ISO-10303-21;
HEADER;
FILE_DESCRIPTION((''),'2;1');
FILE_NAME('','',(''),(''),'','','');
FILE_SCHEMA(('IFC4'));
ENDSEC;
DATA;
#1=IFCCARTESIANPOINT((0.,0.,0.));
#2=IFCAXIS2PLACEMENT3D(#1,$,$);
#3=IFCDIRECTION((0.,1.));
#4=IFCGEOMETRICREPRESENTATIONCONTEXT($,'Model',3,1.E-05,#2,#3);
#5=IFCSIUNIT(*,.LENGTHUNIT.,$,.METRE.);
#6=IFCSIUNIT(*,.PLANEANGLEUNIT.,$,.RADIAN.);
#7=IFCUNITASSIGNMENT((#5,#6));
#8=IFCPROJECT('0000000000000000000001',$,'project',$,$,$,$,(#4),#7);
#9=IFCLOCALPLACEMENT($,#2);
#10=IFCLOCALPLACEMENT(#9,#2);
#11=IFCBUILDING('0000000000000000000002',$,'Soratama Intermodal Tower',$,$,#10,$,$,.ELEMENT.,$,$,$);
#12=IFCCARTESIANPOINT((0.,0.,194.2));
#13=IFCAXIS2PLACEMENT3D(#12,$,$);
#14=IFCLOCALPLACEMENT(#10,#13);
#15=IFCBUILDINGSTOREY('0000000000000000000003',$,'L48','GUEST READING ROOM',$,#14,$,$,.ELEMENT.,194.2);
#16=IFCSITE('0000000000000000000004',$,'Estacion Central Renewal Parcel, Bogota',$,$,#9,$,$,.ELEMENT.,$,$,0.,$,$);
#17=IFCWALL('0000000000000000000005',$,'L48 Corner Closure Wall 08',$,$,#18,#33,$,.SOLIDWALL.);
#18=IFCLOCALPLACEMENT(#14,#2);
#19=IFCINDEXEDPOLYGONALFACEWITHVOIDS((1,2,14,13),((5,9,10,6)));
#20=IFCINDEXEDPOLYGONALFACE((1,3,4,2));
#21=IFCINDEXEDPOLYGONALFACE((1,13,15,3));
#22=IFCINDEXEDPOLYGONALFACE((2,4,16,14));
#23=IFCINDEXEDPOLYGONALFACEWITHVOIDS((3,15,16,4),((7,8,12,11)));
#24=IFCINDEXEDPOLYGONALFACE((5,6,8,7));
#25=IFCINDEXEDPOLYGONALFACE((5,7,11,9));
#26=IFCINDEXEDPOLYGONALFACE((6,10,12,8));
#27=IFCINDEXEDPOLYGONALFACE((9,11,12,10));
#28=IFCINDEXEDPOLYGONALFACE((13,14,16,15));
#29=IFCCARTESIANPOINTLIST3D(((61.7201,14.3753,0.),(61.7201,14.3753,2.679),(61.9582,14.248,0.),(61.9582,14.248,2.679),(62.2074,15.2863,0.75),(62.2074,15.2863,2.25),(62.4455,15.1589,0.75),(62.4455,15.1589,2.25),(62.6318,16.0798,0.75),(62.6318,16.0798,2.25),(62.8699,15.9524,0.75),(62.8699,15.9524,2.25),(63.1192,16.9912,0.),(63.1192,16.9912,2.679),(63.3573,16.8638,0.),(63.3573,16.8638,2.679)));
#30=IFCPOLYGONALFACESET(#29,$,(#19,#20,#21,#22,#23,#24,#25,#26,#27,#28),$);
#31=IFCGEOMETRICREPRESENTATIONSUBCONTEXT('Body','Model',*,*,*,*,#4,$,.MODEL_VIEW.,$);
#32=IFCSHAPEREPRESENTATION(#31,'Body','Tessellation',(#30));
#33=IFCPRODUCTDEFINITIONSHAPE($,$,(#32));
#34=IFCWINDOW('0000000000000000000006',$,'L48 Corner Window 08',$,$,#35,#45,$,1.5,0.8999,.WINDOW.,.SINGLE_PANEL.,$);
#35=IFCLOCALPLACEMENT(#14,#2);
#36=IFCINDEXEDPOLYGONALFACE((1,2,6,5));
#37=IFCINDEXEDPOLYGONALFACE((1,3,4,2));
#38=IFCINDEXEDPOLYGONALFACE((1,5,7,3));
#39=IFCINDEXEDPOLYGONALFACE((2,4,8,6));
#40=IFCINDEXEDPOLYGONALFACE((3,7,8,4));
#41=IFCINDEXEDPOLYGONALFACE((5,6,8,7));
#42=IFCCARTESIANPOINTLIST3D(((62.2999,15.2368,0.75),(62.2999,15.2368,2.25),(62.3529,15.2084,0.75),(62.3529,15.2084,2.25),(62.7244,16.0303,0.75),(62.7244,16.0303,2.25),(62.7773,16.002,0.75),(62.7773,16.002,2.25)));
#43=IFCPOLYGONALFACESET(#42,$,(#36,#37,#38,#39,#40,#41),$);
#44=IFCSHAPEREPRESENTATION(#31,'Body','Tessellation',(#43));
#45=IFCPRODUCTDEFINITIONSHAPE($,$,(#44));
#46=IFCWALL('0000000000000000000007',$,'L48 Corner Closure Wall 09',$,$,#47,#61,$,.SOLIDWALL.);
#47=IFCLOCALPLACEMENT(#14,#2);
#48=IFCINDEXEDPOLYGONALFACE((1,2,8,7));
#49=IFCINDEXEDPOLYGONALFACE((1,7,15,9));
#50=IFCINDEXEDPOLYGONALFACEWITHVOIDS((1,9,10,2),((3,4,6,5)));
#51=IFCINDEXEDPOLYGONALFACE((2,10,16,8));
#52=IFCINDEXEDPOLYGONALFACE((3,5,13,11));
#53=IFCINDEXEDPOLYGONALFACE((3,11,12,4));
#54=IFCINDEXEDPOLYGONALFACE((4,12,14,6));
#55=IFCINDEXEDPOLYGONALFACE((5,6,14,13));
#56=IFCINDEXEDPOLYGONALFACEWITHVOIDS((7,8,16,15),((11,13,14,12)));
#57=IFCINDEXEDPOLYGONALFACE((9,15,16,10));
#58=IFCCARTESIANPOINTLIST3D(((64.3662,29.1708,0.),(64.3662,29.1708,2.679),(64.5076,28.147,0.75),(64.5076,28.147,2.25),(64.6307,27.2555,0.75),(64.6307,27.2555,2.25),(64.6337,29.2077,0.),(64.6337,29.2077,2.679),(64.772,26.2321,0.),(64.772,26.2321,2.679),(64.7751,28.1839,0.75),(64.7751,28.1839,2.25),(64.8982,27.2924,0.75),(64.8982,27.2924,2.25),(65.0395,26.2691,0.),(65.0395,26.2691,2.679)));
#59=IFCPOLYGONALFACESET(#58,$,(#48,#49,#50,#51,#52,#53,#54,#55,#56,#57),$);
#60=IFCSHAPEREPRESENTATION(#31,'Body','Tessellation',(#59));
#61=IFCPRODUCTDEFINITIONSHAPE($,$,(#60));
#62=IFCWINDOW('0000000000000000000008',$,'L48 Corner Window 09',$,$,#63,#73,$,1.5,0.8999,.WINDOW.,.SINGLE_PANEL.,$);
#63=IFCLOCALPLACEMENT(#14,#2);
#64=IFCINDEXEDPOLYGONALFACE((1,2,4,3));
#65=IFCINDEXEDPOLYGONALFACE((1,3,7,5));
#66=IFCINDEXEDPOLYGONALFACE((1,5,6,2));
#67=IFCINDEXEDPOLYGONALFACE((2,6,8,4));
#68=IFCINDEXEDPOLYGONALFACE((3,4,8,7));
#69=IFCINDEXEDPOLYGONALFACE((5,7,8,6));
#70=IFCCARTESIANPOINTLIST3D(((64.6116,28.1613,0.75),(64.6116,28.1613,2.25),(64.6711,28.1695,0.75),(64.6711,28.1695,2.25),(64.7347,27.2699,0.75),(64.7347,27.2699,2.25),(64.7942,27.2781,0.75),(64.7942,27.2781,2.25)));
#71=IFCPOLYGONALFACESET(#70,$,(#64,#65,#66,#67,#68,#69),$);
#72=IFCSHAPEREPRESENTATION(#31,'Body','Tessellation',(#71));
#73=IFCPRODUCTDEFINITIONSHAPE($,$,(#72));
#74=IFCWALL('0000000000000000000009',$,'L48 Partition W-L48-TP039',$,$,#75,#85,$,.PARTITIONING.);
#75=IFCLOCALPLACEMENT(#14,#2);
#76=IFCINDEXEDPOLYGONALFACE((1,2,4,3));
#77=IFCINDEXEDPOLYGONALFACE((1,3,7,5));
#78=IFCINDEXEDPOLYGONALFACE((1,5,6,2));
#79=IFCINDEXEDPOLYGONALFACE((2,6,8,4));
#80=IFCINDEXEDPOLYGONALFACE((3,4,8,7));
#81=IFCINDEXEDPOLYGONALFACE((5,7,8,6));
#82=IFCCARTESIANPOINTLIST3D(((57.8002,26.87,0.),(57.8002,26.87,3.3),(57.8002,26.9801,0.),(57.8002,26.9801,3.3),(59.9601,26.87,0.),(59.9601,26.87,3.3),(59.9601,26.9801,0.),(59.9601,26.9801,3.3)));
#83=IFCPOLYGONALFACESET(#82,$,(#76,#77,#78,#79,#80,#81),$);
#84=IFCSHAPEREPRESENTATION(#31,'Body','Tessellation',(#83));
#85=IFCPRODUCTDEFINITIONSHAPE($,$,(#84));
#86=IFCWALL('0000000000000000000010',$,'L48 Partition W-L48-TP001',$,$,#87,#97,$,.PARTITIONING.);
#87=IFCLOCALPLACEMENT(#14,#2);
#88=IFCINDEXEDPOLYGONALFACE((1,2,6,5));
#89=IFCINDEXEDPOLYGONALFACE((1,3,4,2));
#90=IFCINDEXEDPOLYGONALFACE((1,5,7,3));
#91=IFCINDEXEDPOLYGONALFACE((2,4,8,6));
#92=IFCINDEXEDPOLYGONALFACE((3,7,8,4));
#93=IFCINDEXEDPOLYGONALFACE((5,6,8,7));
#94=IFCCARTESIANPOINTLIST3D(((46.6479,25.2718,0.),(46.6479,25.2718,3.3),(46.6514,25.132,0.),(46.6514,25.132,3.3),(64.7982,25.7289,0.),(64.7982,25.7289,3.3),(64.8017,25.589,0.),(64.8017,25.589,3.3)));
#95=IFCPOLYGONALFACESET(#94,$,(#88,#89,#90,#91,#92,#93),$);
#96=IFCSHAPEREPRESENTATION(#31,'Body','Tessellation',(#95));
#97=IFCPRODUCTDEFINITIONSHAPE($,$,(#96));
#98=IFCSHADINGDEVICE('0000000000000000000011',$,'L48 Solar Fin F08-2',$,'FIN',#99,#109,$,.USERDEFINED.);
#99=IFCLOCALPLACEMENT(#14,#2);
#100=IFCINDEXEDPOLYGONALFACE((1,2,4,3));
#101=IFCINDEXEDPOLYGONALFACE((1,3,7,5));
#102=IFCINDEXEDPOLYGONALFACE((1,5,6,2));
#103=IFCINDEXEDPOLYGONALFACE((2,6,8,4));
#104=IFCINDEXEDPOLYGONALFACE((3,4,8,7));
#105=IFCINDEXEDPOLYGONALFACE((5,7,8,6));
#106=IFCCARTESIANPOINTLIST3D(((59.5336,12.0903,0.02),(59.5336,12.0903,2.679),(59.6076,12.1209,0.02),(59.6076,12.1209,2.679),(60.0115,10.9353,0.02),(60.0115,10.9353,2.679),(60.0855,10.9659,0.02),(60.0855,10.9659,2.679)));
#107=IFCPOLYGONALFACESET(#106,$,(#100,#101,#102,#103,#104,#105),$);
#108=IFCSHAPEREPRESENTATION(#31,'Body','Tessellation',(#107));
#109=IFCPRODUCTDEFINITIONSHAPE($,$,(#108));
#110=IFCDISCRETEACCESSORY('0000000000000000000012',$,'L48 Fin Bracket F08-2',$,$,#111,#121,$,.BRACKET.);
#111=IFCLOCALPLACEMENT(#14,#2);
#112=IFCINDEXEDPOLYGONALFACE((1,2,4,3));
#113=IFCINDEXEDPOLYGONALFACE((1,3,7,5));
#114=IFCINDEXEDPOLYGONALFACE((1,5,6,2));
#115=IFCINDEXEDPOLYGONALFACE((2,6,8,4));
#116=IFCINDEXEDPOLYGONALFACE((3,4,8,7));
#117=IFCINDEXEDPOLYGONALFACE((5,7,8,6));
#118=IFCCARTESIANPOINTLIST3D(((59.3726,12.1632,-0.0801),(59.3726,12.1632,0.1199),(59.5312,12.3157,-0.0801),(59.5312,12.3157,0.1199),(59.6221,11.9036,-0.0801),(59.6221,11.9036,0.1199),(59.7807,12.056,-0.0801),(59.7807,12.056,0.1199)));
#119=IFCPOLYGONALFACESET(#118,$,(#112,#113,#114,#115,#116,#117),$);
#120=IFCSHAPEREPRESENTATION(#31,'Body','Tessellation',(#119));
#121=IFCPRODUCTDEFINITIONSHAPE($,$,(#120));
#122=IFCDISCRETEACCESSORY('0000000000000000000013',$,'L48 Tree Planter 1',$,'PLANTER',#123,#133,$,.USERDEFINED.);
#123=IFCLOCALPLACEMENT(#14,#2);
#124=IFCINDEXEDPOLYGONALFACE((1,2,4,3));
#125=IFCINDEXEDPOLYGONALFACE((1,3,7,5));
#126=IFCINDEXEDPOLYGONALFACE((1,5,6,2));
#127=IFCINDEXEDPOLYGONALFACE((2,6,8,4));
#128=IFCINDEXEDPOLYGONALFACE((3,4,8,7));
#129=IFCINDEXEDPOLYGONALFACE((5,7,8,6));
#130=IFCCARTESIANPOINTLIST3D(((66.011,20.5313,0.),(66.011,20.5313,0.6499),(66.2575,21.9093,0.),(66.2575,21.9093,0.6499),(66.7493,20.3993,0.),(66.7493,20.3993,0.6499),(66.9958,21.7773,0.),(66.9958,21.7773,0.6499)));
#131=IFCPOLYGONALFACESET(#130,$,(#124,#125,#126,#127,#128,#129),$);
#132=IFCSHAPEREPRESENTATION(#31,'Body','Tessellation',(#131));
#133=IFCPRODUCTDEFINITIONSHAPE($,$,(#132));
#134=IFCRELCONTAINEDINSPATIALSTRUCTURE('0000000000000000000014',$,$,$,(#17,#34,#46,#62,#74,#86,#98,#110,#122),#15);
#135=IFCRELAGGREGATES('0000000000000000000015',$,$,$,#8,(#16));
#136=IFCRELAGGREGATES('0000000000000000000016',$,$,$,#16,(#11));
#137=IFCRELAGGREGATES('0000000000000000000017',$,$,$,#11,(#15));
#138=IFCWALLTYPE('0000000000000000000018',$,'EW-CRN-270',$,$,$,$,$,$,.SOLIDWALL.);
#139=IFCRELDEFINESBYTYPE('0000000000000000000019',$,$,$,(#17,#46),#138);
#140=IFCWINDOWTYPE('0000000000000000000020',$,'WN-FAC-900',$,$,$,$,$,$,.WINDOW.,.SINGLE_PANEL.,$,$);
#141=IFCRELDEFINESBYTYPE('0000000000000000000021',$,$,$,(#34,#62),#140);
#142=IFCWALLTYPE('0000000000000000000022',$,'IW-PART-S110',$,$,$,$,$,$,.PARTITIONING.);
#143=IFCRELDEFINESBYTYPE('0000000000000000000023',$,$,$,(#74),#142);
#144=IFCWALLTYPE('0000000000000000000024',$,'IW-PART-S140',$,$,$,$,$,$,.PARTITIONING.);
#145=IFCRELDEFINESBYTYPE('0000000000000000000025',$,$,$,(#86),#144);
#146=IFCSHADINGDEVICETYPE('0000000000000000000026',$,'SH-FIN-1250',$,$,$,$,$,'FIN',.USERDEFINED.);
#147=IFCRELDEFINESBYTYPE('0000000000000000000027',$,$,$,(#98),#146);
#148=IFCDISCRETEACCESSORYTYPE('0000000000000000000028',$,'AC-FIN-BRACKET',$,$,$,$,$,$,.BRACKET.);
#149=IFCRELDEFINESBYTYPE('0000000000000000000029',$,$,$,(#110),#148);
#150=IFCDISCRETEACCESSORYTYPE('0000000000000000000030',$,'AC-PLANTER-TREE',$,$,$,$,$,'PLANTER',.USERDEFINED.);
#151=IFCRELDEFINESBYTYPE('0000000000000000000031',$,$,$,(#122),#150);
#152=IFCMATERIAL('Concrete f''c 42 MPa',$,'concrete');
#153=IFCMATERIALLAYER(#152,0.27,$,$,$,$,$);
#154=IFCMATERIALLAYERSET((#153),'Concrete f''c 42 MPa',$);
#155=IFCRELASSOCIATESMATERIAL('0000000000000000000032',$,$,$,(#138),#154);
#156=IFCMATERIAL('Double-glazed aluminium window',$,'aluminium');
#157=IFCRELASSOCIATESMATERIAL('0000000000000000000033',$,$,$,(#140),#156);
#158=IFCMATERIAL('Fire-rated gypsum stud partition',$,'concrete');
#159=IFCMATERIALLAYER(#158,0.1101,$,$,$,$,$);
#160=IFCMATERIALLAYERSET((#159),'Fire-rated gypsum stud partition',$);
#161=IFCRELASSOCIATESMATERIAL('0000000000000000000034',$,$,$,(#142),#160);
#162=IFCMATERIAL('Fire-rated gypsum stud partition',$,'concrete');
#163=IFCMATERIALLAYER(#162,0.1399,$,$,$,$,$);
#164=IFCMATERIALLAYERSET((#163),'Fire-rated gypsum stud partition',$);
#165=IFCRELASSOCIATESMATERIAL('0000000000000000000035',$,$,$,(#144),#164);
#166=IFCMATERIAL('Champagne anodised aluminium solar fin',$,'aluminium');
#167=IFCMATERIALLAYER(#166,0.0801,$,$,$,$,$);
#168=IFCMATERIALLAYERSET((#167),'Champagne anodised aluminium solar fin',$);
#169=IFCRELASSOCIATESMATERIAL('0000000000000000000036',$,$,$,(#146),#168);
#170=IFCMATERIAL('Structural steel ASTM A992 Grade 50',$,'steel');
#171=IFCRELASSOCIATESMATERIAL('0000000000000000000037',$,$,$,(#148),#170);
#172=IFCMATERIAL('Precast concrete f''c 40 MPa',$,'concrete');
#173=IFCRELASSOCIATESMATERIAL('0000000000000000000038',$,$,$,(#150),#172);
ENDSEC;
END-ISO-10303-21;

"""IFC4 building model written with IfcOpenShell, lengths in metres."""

from ifc_helpers import new_model, si_unit, direction, frame, frame_2d, origin, origin_2d, place, context, subcontext, project, spatial, rectangle, extrude, material, layer, layer_set, type_object, element, fill, save


model = new_model("IFC4")

# Units and contexts
model_context = context("Model", 3, precision=1e-05, world=origin(), true_north=direction((0.0, 1.0)))
body_context = subcontext(model_context, "Body", "Model", "MODEL_VIEW")
ifc_project = project(units=[si_unit("LENGTHUNIT", "METRE"), si_unit("PLANEANGLEUNIT", "RADIAN")], contexts=[model_context])

# Site, building, storey
site_placement = place(None, origin())
site = spatial("IfcSite", under=ifc_project, at=site_placement, Name="Estacion Central Renewal Parcel, Bogota", CompositionType="ELEMENT", RefElevation=0.0)
building_placement = place(site_placement, origin())
building = spatial("IfcBuilding", under=site, at=building_placement, Name="Soratama Intermodal Tower", CompositionType="ELEMENT")
storey_placement = place(building_placement, frame((0.0, 0.0, 194.2)))
storey = spatial("IfcBuildingStorey", under=building, at=storey_placement, Name="L48", Description="GUEST READING ROOM", CompositionType="ELEMENT", Elevation=194.2)

# Walls, openings, windows
ifc_material_1 = material(Name="Concrete f'c 42 MPa", Category="concrete")
ifc_layer_1 = layer(ifc_material_1, 0.27)
ifc_layer_set_1 = layer_set([ifc_layer_1], Name="Concrete f'c 42 MPa")
wall_type_1 = type_object("IfcWallType", Name="EW-CRN-270", PredefinedType="SOLIDWALL", material=ifc_layer_set_1)
wall_1_placement = place(storey_placement, frame((61.8391, 14.3115, 0.0), z_axis=(0.0, 0.0, 1.0), x_axis=(0.471634, 0.881794, 0.0)))
wall_1 = element("IfcWall", 1, at=wall_1_placement, inside=storey, type_object=wall_type_1, Name="L48 Corner Closure Wall 08", PredefinedType="SOLIDWALL", context=body_context, shape_type="SweptSolid", body=[
    extrude(rectangle(XDim=2.9666, YDim=0.27, at=frame_2d((1.4834, 0.0))), origin(), (0.0, 0.0, 1.0), 2.679),
])
opening_1_placement = place(wall_1_placement, frame((1.0332, 0.0, 0.75)))
opening_1 = element("IfcOpeningElement", 2, at=opening_1_placement, cuts=wall_1, PredefinedType="OPENING", context=body_context, shape_type="SweptSolid", body=[
    extrude(rectangle(XDim=0.8999, YDim=1.5, at=frame_2d((0.45, 0.75))), frame((0.0, 0.145, 0.0), z_axis=(0.0, -1.0, 0.0), x_axis=(1.0, 0.0, 0.0)), (0.0, 0.0, 1.0), 0.29),
])
ifc_material_2 = material(Name="Double-glazed aluminium window", Category="aluminium")
window_type_1 = type_object("IfcWindowType", Name="WN-FAC-900", PartitioningType="SINGLE_PANEL", PredefinedType="WINDOW", material=ifc_material_2)
window_1_placement = place(opening_1_placement, origin())
window_1 = element("IfcWindow", 3, at=window_1_placement, inside=storey, type_object=window_type_1, Name="L48 Corner Window 08", OverallHeight=1.5, OverallWidth=0.8999, PartitioningType="SINGLE_PANEL", PredefinedType="WINDOW", context=body_context, shape_type="SweptSolid", body=[
    extrude(rectangle(XDim=0.8999, YDim=1.5, at=frame_2d((0.45, 0.75))), frame((0.0, 0.03, 0.0), z_axis=(0.0, -1.0, 0.0), x_axis=(1.0, 0.0, 0.0)), (0.0, 0.0, 1.0), 0.0601),
])
fill(opening_1, window_1)
wall_2_placement = place(storey_placement, frame((64.9058, 26.2505, 0.0), z_axis=(0.0, 0.0, 1.0), x_axis=(-0.136777, 0.990602, 0.0)))
wall_2 = element("IfcWall", 4, at=wall_2_placement, inside=storey, type_object=wall_type_1, Name="L48 Corner Closure Wall 09", PredefinedType="SOLIDWALL", context=body_context, shape_type="SweptSolid", body=[
    extrude(rectangle(XDim=2.9666, YDim=0.27, at=frame_2d((1.4834, 0.0))), origin(), (0.0, 0.0, 1.0), 2.679),
])
opening_2_placement = place(wall_2_placement, frame((1.0332, 0.0, 0.75)))
opening_2 = element("IfcOpeningElement", 5, at=opening_2_placement, cuts=wall_2, PredefinedType="OPENING", context=body_context, shape_type="SweptSolid", body=[
    extrude(rectangle(XDim=0.8999, YDim=1.5, at=frame_2d((0.45, 0.75))), frame((0.0, 0.145, 0.0), z_axis=(0.0, -1.0, 0.0), x_axis=(1.0, 0.0, 0.0)), (0.0, 0.0, 1.0), 0.29),
])
window_2_placement = place(opening_2_placement, origin())
window_2 = element("IfcWindow", 6, at=window_2_placement, inside=storey, type_object=window_type_1, Name="L48 Corner Window 09", OverallHeight=1.5, OverallWidth=0.8999, PartitioningType="SINGLE_PANEL", PredefinedType="WINDOW", context=body_context, shape_type="SweptSolid", body=[
    extrude(rectangle(XDim=0.8999, YDim=1.5, at=frame_2d((0.45, 0.75))), frame((0.0, 0.03, 0.0), z_axis=(0.0, -1.0, 0.0), x_axis=(1.0, 0.0, 0.0)), (0.0, 0.0, 1.0), 0.0601),
])
fill(opening_2, window_2)

# Walls
ifc_material_3 = material(Name="Fire-rated gypsum stud partition", Category="concrete")
ifc_layer_2 = layer(ifc_material_3, 0.1101)
ifc_layer_set_2 = layer_set([ifc_layer_2], Name="Fire-rated gypsum stud partition")
wall_type_2 = type_object("IfcWallType", Name="IW-PART-S110", PredefinedType="PARTITIONING", material=ifc_layer_set_2)
wall_3_placement = place(storey_placement, frame((57.8, 26.925, 0.0), z_axis=(0.0, 0.0, 1.0), x_axis=(1.0, 0.0, 0.0)))
element("IfcWall", 7, at=wall_3_placement, inside=storey, type_object=wall_type_2, Name="L48 Partition W-L48-TP039", PredefinedType="PARTITIONING", context=body_context, shape_type="SweptSolid", body=[
    extrude(rectangle(XDim=2.1599, YDim=0.1101, at=frame_2d((1.0801, 0.0))), origin(), (0.0, 0.0, 1.0), 3.3),
])
ifc_material_4 = material(Name="Fire-rated gypsum stud partition", Category="concrete")
ifc_layer_3 = layer(ifc_material_4, 0.1399)
ifc_layer_set_3 = layer_set([ifc_layer_3], Name="Fire-rated gypsum stud partition")
wall_type_3 = type_object("IfcWallType", Name="IW-PART-S140", PredefinedType="PARTITIONING", material=ifc_layer_set_3)
wall_4_placement = place(storey_placement, frame((64.8, 25.6589, 0.0), z_axis=(0.0, 0.0, 1.0), x_axis=(-0.999683, -0.025173, 0.0)))
element("IfcWall", 8, at=wall_4_placement, inside=storey, type_object=wall_type_3, Name="L48 Partition W-L48-TP001", PredefinedType="PARTITIONING", context=body_context, shape_type="SweptSolid", body=[
    extrude(rectangle(XDim=18.156, YDim=0.1399, at=frame_2d((9.0781, 0.0))), origin(), (0.0, 0.0, 1.0), 3.3),
])

# Shading device
ifc_material_5 = material(Name="Champagne anodised aluminium solar fin", Category="aluminium")
ifc_layer_4 = layer(ifc_material_5, 0.0801)
ifc_layer_set_4 = layer_set([ifc_layer_4], Name="Champagne anodised aluminium solar fin")
shading_device_type = type_object("IfcShadingDeviceType", Name="SH-FIN-1250", ElementType="FIN", PredefinedType="USERDEFINED", material=ifc_layer_set_4)
shading_device_placement = place(storey_placement, frame((59.8096, 11.5281, 0.02), z_axis=(0.0, 0.0, 1.0), x_axis=(0.382361, -0.924013, 0.0)))
element("IfcShadingDevice", 9, at=shading_device_placement, inside=storey, type_object=shading_device_type, Name="L48 Solar Fin F08-2", ObjectType="FIN", PredefinedType="USERDEFINED", context=body_context, shape_type="SweptSolid", body=[
    extrude(rectangle(XDim=1.25, YDim=0.0801, at=origin_2d()), origin(), (0.0, 0.0, 1.0), 2.6589),
])

# Discrete accessories
ifc_material_6 = material(Name="Structural steel ASTM A992 Grade 50", Category="steel")
discrete_accessory_type_1 = type_object("IfcDiscreteAccessoryType", Name="AC-FIN-BRACKET", PredefinedType="BRACKET", material=ifc_material_6)
discrete_accessory_1_placement = place(storey_placement, frame((59.5767, 12.1096, -0.0801), z_axis=(0.0, 0.0, 1.0), x_axis=(0.692899, -0.721035, 0.0)))
element("IfcDiscreteAccessory", 10, at=discrete_accessory_1_placement, inside=storey, type_object=discrete_accessory_type_1, Name="L48 Fin Bracket F08-2", PredefinedType="BRACKET", context=body_context, shape_type="SweptSolid", body=[
    extrude(rectangle(XDim=0.3601, YDim=0.22, at=origin_2d()), origin(), (0.0, 0.0, 1.0), 0.2),
])
ifc_material_7 = material(Name="Precast concrete f'c 40 MPa", Category="concrete")
discrete_accessory_type_2 = type_object("IfcDiscreteAccessoryType", Name="AC-PLANTER-TREE", ElementType="PLANTER", PredefinedType="USERDEFINED", material=ifc_material_7)
discrete_accessory_2_placement = place(storey_placement, frame((66.5034, 21.1543, 0.0), z_axis=(0.0, 0.0, 1.0), x_axis=(0.984381, -0.176054, 0.0)))
element("IfcDiscreteAccessory", 11, at=discrete_accessory_2_placement, inside=storey, type_object=discrete_accessory_type_2, Name="L48 Tree Planter 1", ObjectType="PLANTER", PredefinedType="USERDEFINED", context=body_context, shape_type="SweptSolid", body=[
    extrude(rectangle(XDim=0.75, YDim=1.3999, at=origin_2d()), origin(), (0.0, 0.0, 1.0), 0.6499),
])

save(model, "model.ifc")
